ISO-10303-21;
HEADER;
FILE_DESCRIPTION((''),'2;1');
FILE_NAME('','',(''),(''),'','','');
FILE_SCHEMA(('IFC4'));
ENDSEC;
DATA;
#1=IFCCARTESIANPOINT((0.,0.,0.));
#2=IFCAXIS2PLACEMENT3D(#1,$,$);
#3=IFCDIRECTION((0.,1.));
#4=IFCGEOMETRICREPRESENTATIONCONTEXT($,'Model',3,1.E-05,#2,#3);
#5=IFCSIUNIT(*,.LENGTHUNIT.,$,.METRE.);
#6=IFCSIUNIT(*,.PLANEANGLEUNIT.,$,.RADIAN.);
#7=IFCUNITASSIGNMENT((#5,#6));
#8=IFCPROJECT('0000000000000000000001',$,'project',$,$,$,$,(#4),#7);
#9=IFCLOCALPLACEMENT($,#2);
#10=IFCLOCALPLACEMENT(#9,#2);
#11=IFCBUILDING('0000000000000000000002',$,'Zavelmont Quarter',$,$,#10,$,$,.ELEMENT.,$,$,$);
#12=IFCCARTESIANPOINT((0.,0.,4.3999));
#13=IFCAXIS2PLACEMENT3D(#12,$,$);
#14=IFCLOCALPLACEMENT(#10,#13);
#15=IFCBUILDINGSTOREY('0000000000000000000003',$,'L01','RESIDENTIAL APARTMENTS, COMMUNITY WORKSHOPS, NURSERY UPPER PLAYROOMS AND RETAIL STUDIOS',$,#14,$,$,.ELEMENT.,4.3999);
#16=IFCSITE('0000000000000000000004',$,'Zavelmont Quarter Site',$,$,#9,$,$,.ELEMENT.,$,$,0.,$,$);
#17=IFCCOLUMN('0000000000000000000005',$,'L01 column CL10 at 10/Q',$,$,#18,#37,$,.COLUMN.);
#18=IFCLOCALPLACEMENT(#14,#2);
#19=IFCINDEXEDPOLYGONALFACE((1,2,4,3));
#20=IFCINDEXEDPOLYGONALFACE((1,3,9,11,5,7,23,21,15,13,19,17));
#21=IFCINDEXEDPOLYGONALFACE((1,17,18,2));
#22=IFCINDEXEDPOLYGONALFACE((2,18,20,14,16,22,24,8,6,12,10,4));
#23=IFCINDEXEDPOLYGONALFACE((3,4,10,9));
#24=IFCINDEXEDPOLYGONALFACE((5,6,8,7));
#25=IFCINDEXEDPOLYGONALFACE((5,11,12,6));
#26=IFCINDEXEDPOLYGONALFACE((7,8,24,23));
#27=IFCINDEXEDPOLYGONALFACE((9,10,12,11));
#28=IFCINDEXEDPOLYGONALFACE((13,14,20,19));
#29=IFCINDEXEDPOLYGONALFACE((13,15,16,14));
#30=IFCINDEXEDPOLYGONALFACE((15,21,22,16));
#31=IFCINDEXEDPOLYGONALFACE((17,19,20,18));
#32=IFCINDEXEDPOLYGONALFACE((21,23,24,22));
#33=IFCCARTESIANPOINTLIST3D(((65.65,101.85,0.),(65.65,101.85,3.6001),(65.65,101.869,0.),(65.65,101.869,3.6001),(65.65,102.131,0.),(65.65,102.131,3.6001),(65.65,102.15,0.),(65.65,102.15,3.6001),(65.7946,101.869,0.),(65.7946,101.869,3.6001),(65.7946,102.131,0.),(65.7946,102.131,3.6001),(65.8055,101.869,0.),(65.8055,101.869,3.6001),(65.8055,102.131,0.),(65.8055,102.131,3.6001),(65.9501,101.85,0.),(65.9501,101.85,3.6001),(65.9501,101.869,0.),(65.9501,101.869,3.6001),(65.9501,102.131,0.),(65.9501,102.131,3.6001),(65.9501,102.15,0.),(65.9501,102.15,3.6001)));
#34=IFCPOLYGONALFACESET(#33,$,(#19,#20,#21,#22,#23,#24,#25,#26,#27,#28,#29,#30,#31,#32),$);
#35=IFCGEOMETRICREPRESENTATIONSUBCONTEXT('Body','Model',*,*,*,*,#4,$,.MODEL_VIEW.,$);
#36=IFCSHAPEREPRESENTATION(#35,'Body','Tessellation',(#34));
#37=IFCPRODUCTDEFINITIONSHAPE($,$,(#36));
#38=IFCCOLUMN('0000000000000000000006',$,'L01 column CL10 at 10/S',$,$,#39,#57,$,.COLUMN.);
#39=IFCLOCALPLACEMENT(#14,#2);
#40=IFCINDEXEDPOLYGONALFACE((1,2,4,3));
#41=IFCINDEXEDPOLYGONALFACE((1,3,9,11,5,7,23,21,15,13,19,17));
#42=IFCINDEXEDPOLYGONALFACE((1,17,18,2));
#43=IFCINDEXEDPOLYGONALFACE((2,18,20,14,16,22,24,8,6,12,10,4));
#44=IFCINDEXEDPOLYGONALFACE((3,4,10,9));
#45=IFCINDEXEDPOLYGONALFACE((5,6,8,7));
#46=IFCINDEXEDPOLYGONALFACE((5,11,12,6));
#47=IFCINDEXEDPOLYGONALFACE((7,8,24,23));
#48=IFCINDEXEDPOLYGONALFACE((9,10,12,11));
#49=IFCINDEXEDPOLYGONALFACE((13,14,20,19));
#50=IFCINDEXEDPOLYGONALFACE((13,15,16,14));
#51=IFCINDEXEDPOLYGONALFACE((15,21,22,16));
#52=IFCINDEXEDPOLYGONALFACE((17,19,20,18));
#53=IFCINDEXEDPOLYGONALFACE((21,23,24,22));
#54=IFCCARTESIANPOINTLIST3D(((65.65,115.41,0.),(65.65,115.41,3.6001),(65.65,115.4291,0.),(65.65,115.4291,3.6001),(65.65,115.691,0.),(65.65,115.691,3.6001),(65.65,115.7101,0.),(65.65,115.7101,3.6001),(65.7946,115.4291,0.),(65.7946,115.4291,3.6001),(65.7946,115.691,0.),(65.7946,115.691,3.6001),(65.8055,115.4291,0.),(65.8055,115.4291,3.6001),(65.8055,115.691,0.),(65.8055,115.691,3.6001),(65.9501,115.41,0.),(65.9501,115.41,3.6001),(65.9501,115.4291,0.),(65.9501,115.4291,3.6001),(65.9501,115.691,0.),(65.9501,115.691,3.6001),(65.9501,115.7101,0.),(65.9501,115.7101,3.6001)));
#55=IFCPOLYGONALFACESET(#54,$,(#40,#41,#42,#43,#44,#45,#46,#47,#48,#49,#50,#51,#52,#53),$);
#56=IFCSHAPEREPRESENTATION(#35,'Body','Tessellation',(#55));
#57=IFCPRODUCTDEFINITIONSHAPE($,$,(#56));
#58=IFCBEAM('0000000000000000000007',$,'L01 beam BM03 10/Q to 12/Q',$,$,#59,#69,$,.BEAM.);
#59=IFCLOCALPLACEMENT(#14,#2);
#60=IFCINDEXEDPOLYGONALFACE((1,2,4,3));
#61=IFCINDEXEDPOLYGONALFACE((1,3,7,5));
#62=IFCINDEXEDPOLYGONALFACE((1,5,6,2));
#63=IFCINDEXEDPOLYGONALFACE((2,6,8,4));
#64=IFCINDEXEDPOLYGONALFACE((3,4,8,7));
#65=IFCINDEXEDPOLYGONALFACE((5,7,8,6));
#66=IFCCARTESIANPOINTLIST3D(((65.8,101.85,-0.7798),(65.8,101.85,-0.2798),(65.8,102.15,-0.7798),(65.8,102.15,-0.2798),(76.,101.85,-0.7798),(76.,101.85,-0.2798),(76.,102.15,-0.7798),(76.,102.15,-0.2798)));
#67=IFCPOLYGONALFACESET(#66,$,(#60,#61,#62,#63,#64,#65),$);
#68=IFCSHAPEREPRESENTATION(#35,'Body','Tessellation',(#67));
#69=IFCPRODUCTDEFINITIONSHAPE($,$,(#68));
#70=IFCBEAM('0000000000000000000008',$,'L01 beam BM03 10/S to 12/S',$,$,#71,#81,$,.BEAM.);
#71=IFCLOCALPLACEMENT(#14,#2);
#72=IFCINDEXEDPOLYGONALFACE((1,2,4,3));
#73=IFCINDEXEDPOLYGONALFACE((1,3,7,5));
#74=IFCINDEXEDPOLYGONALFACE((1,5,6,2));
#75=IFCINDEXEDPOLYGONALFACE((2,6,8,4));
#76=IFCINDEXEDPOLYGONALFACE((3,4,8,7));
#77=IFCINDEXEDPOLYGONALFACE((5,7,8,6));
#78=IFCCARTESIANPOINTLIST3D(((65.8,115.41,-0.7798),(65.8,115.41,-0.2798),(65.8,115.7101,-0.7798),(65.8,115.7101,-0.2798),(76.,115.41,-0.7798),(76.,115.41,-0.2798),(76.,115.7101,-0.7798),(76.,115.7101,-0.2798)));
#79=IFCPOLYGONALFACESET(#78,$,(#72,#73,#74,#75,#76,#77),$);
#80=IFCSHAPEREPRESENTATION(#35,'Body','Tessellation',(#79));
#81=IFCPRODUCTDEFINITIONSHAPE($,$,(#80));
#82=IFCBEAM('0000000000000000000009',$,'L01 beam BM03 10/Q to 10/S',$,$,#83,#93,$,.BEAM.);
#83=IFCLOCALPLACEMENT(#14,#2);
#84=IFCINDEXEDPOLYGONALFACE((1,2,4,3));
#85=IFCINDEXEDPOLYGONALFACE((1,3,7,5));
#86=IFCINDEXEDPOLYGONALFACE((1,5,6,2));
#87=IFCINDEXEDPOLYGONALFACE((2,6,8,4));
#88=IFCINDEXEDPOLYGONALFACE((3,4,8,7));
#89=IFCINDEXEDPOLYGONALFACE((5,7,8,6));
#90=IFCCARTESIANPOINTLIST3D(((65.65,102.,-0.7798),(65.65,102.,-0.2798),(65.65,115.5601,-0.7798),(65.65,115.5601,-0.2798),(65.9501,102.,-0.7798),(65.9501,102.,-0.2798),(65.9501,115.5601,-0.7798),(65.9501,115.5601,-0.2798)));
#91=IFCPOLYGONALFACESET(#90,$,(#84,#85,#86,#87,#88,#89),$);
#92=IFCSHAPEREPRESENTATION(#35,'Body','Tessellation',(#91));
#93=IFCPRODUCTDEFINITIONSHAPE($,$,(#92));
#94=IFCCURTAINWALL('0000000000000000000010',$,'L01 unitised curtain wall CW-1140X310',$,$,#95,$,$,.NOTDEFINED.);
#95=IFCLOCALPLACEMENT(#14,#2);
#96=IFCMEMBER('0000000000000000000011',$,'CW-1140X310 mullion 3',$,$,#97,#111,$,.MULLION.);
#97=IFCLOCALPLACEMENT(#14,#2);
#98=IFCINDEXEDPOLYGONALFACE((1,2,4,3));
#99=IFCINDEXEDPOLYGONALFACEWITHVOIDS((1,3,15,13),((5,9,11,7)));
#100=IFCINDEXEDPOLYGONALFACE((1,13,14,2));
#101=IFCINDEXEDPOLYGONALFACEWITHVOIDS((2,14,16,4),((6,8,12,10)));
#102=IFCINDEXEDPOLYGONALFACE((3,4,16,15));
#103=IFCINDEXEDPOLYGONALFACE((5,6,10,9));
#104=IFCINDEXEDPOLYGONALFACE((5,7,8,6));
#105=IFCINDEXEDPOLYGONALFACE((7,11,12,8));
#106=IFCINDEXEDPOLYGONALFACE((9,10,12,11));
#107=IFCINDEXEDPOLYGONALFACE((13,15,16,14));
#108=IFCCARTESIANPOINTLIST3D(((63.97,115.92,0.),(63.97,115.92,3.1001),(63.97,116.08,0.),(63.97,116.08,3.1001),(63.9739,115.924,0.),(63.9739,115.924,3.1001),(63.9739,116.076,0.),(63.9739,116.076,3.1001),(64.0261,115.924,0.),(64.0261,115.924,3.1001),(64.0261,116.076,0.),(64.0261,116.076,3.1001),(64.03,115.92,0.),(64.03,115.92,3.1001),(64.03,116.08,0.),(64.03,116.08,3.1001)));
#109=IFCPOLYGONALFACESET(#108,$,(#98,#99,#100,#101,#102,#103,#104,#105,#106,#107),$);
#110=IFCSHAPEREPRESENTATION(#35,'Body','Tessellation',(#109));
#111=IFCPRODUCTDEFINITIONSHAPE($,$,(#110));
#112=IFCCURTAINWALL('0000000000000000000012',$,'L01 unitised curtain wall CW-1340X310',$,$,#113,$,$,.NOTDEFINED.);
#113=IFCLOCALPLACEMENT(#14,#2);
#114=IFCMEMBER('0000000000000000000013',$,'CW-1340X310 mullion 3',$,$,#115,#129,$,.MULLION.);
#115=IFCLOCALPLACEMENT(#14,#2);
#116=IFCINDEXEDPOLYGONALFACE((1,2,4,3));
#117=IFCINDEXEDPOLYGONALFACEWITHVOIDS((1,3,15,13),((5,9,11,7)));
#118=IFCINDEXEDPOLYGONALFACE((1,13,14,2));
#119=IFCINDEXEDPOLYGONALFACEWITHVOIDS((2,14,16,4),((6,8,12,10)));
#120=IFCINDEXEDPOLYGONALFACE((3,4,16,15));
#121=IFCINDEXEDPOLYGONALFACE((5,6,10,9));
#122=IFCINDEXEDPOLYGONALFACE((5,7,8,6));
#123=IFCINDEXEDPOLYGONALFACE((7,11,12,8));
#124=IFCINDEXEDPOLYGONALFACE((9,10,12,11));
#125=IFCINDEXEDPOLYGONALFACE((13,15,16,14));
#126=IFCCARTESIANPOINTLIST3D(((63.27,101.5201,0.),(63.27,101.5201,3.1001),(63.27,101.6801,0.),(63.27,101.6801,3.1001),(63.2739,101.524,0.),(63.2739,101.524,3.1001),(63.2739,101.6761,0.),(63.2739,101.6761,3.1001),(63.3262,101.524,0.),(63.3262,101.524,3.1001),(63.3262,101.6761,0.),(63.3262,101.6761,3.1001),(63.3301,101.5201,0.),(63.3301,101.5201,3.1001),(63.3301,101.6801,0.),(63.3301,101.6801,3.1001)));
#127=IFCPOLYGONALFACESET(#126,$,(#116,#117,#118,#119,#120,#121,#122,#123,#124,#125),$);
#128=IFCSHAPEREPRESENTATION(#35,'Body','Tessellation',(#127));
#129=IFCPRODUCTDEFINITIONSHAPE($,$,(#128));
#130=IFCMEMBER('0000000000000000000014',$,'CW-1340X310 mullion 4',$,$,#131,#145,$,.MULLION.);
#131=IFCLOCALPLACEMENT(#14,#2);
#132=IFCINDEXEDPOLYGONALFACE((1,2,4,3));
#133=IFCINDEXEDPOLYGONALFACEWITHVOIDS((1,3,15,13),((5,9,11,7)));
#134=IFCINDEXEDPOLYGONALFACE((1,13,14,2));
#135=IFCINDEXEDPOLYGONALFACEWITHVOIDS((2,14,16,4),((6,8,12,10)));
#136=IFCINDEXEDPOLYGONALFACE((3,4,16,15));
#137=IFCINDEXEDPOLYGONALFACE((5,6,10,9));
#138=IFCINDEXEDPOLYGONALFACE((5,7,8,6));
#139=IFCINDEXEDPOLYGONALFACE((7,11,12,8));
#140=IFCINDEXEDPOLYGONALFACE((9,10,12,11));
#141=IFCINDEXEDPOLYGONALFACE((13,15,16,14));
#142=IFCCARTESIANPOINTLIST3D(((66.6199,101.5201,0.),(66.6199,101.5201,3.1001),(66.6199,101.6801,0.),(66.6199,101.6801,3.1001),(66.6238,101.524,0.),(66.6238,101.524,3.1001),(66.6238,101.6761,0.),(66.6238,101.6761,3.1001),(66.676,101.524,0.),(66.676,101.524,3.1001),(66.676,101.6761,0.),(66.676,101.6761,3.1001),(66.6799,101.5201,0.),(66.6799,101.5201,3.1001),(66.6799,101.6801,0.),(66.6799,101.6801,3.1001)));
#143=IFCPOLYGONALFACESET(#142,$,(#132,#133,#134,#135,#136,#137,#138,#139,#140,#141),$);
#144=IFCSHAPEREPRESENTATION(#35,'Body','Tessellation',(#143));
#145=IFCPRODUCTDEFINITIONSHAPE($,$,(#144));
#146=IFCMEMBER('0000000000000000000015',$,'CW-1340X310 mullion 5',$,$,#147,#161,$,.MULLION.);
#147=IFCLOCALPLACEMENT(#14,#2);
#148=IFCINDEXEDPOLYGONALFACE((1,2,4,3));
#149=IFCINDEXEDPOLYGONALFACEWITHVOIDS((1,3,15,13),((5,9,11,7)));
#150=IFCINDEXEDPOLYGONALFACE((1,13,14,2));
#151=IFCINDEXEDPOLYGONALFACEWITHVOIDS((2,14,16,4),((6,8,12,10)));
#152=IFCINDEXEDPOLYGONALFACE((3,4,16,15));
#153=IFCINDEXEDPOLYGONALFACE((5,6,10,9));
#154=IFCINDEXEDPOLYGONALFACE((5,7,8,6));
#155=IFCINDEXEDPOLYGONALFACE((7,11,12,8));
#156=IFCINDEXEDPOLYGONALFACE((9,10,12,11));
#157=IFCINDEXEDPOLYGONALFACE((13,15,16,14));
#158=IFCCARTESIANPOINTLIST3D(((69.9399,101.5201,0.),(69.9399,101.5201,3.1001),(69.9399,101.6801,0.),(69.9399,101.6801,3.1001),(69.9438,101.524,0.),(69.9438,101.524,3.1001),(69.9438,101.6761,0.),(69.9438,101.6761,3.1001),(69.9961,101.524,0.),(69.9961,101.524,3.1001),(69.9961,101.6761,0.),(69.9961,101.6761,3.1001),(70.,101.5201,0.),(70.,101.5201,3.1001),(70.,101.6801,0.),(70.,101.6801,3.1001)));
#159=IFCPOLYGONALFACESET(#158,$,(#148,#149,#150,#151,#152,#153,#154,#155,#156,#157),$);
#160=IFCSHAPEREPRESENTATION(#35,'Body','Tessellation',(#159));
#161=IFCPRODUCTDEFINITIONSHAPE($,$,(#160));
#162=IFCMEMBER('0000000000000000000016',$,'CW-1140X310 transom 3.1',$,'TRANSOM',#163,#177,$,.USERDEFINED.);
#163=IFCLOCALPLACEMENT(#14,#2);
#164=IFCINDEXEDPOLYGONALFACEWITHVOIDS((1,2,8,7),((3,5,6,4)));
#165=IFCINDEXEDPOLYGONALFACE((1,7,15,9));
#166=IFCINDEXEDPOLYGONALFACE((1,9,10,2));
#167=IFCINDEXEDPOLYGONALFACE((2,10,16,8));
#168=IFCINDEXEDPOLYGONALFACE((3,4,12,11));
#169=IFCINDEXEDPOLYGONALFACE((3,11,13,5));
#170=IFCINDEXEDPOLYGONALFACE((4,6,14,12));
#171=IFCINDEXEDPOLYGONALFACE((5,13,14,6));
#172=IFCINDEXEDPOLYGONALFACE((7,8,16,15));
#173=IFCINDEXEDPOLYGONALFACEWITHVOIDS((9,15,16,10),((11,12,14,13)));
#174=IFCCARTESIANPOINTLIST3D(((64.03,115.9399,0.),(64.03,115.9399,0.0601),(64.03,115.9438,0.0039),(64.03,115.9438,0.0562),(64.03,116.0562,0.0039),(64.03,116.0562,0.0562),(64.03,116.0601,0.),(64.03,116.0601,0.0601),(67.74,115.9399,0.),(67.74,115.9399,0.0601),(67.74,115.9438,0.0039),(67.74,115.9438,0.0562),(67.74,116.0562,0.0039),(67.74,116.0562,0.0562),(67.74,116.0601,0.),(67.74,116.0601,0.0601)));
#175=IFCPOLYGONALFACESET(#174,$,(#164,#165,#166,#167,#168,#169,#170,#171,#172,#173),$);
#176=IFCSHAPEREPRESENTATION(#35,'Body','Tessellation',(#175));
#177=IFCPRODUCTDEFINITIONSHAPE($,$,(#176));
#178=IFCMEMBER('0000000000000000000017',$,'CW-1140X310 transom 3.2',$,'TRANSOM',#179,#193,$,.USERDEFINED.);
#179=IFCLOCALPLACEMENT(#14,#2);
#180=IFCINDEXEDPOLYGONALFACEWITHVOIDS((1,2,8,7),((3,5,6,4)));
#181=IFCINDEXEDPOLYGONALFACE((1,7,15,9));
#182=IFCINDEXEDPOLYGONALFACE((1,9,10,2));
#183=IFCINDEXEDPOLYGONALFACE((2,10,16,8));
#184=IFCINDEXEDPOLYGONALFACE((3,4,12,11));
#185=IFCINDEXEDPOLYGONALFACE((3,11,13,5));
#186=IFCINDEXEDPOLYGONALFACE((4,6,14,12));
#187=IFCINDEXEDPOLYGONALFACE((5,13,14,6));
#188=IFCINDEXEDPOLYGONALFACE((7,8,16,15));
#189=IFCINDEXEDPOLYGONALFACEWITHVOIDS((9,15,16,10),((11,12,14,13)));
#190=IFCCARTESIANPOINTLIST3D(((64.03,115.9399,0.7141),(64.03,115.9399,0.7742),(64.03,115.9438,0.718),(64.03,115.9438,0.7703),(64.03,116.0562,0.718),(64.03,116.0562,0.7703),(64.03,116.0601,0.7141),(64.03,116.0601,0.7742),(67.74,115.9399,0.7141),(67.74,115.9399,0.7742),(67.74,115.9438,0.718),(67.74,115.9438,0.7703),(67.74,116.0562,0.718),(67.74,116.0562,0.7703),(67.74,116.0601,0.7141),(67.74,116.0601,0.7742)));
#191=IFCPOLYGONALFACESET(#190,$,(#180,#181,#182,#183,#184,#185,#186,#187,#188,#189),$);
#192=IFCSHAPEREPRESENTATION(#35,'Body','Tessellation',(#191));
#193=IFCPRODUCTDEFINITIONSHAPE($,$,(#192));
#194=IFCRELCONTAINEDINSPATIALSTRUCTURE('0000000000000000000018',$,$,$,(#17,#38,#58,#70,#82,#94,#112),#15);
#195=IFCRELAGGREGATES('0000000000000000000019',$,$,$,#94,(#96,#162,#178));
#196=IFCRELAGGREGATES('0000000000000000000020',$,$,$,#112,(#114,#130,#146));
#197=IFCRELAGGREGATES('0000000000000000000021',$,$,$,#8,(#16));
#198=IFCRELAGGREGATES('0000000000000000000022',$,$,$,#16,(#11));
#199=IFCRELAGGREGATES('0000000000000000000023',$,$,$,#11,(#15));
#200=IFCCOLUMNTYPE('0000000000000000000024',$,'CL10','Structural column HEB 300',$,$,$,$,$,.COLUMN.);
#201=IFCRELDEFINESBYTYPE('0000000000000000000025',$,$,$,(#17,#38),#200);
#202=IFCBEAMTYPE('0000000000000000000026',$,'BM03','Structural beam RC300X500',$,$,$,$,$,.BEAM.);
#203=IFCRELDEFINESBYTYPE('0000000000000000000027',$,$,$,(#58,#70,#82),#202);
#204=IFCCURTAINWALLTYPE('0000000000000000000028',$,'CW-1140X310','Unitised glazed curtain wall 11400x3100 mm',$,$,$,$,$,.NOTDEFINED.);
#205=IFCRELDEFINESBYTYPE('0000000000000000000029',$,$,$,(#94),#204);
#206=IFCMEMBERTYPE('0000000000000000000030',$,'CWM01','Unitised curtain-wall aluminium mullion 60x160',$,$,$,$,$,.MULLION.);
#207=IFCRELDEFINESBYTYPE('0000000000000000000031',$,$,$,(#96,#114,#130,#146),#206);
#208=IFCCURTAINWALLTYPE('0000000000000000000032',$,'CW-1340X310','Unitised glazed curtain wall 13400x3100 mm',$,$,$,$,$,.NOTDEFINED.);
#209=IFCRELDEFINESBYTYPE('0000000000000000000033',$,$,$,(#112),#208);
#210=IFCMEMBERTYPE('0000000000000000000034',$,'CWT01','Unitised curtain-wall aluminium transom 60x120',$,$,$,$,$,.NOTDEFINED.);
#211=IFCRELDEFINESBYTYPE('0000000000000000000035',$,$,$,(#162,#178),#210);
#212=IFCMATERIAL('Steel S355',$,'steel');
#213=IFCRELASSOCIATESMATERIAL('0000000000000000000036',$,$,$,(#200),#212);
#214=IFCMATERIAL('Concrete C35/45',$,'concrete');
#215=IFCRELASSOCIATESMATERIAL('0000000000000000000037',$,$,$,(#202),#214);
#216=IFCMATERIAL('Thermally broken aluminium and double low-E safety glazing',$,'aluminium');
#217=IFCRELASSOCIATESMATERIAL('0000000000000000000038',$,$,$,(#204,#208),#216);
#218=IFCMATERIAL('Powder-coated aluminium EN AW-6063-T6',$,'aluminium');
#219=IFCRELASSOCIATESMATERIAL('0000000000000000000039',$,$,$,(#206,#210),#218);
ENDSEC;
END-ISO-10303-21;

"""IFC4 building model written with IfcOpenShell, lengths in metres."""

from ifc_helpers import new_model, si_unit, direction, frame, origin, origin_2d, place, context, subcontext, project, spatial, rectangle, hollow_rectangle, i_section, extrude, material, material_profile, profile_set, type_object, element, aggregate, save


model = new_model("IFC4")

# Units and contexts
model_context = context("Model", 3, precision=1e-05, world=origin(), true_north=direction((0.0, 1.0)))
body_context = subcontext(model_context, "Body", "Model", "MODEL_VIEW")
ifc_project = project(units=[si_unit("LENGTHUNIT", "METRE"), si_unit("PLANEANGLEUNIT", "RADIAN")], contexts=[model_context])

# Site, building, storey
site_placement = place(None, origin())
site = spatial("IfcSite", under=ifc_project, at=site_placement, Name="Zavelmont Quarter Site", CompositionType="ELEMENT", RefElevation=0.0)
building_placement = place(site_placement, origin())
building = spatial("IfcBuilding", under=site, at=building_placement, Name="Zavelmont Quarter", CompositionType="ELEMENT")
storey_placement = place(building_placement, frame((0.0, 0.0, 4.3999)))
storey = spatial("IfcBuildingStorey", under=building, at=storey_placement, Name="L01", Description="RESIDENTIAL APARTMENTS, COMMUNITY WORKSHOPS, NURSERY UPPER PLAYROOMS AND RETAIL STUDIOS", CompositionType="ELEMENT", Elevation=4.3999)

# Columns
ifc_material_1 = material(Name="Steel S355", Category="steel")
ifc_material_profile_1 = material_profile(ifc_material_1, i_section(OverallWidth=0.3, OverallDepth=0.3, WebThickness=0.011, FlangeThickness=0.019, at=origin_2d()), Name="HEB 300")
ifc_profile_set_1 = profile_set([ifc_material_profile_1], Name="Steel S355")
column_type = type_object("IfcColumnType", Name="CL10", Description="Structural column HEB 300", PredefinedType="COLUMN", material=ifc_profile_set_1)
for number, where, z_axis, x_axis, name in (
    (1, (65.8, 102.0, 0.0), (0.0, 0.0, 1.0), (1.0, 0.0, 0.0), "L01 column CL10 at 10/Q"),
    (2, (65.8, 115.5601, 0.0), (0.0, 0.0, 1.0), (1.0, 0.0, 0.0), "L01 column CL10 at 10/S"),
):
    element("IfcColumn", number, at=place(storey_placement, frame(where, z_axis=z_axis, x_axis=x_axis)), inside=storey, type_object=column_type, Name=name, PredefinedType="COLUMN", context=body_context, shape_type="SweptSolid", body=[
        extrude(i_section(OverallWidth=0.3, OverallDepth=0.3, WebThickness=0.011, FlangeThickness=0.019, at=origin_2d()), origin(), (0.0, 0.0, 1.0), 3.6001),
    ])

# Beams
ifc_material_2 = material(Name="Concrete C35/45", Category="concrete")
ifc_material_profile_2 = material_profile(ifc_material_2, rectangle(XDim=0.3, YDim=0.5, at=origin_2d()), Name="RC300X500")
ifc_profile_set_2 = profile_set([ifc_material_profile_2], Name="Concrete C35/45")
beam_type = type_object("IfcBeamType", Name="BM03", Description="Structural beam RC300X500", PredefinedType="BEAM", material=ifc_profile_set_2)
for number, where, z_axis, x_axis, name in (
    (3, (65.8, 102.0, -0.5298), (1.0, 0.0, 0.0), (0.0, 1.0, 0.0), "L01 beam BM03 10/Q to 12/Q"),
    (4, (65.8, 115.5601, -0.5298), (1.0, 0.0, 0.0), (0.0, 1.0, 0.0), "L01 beam BM03 10/S to 12/S"),
):
    element("IfcBeam", number, at=place(storey_placement, frame(where, z_axis=z_axis, x_axis=x_axis)), inside=storey, type_object=beam_type, Name=name, PredefinedType="BEAM", context=body_context, shape_type="SweptSolid", body=[
        extrude(rectangle(XDim=0.3, YDim=0.5, at=origin_2d()), origin(), (0.0, 0.0, 1.0), 10.2),
    ])
beam_placement = place(storey_placement, frame((65.8, 102.0, -0.5298), z_axis=(0.0, 1.0, 0.0), x_axis=(-1.0, 0.0, 0.0)))
element("IfcBeam", 5, at=beam_placement, inside=storey, type_object=beam_type, Name="L01 beam BM03 10/Q to 10/S", PredefinedType="BEAM", context=body_context, shape_type="SweptSolid", body=[
    extrude(rectangle(XDim=0.3, YDim=0.5, at=origin_2d()), origin(), (0.0, 0.0, 1.0), 13.5601),
])

# Curtain wall, member
ifc_material_3 = material(Name="Thermally broken aluminium and double low-E safety glazing", Category="aluminium")
curtain_wall_type_1 = type_object("IfcCurtainWallType", Name="CW-1140X310", Description="Unitised glazed curtain wall 11400x3100 mm", PredefinedType="NOTDEFINED", material=ifc_material_3)
curtain_wall_1_placement = place(storey_placement, origin())
curtain_wall_1 = element("IfcCurtainWall", 6, at=curtain_wall_1_placement, inside=storey, type_object=curtain_wall_type_1, Name="L01 unitised curtain wall CW-1140X310", PredefinedType="NOTDEFINED")
ifc_material_4 = material(Name="Powder-coated aluminium EN AW-6063-T6", Category="aluminium")
ifc_material_profile_3 = material_profile(ifc_material_4, hollow_rectangle(XDim=0.0601, YDim=0.1599, WallThickness=0.0039, at=origin_2d()), Name="CWM60X160")
ifc_profile_set_3 = profile_set([ifc_material_profile_3], Name="Powder-coated aluminium EN AW-6063-T6")
member_type_1 = type_object("IfcMemberType", Name="CWM01", Description="Unitised curtain-wall aluminium mullion 60x160", PredefinedType="MULLION", material=ifc_profile_set_3)
member_1_placement = place(storey_placement, frame((64.0, 116.0, 0.0), z_axis=(0.0, 0.0, 1.0), x_axis=(1.0, 0.0, 0.0)))
member_1 = element("IfcMember", 7, at=member_1_placement, type_object=member_type_1, Name="CW-1140X310 mullion 3", PredefinedType="MULLION", context=body_context, shape_type="SweptSolid", body=[
    extrude(hollow_rectangle(XDim=0.0601, YDim=0.1599, WallThickness=0.0039, at=origin_2d()), origin(), (0.0, 0.0, 1.0), 3.1001),
])

# Curtain wall, members
curtain_wall_type_2 = type_object("IfcCurtainWallType", Name="CW-1340X310", Description="Unitised glazed curtain wall 13400x3100 mm", PredefinedType="NOTDEFINED", material=ifc_material_3)
curtain_wall_2_placement = place(storey_placement, origin())
curtain_wall_2 = element("IfcCurtainWall", 8, at=curtain_wall_2_placement, inside=storey, type_object=curtain_wall_type_2, Name="L01 unitised curtain wall CW-1340X310", PredefinedType="NOTDEFINED")
member_2_placement = place(storey_placement, frame((63.3, 101.6001, 0.0), z_axis=(0.0, 0.0, 1.0), x_axis=(1.0, 0.0, 0.0)))
member_2 = element("IfcMember", 9, at=member_2_placement, type_object=member_type_1, Name="CW-1340X310 mullion 3", PredefinedType="MULLION", context=body_context, shape_type="SweptSolid", body=[
    extrude(hollow_rectangle(XDim=0.0601, YDim=0.1599, WallThickness=0.0039, at=origin_2d()), origin(), (0.0, 0.0, 1.0), 3.1001),
])
member_3_placement = place(storey_placement, frame((66.6499, 101.6001, 0.0), z_axis=(0.0, 0.0, 1.0), x_axis=(1.0, 0.0, 0.0)))
member_3 = element("IfcMember", 10, at=member_3_placement, type_object=member_type_1, Name="CW-1340X310 mullion 4", PredefinedType="MULLION", context=body_context, shape_type="SweptSolid", body=[
    extrude(hollow_rectangle(XDim=0.0601, YDim=0.1599, WallThickness=0.0039, at=origin_2d()), origin(), (0.0, 0.0, 1.0), 3.1001),
])
member_4_placement = place(storey_placement, frame((69.97, 101.6001, 0.0), z_axis=(0.0, 0.0, 1.0), x_axis=(1.0, 0.0, 0.0)))
member_4 = element("IfcMember", 11, at=member_4_placement, type_object=member_type_1, Name="CW-1340X310 mullion 5", PredefinedType="MULLION", context=body_context, shape_type="SweptSolid", body=[
    extrude(hollow_rectangle(XDim=0.0601, YDim=0.1599, WallThickness=0.0039, at=origin_2d()), origin(), (0.0, 0.0, 1.0), 3.1001),
])

# Members
ifc_material_profile_4 = material_profile(ifc_material_4, hollow_rectangle(XDim=0.1201, YDim=0.0601, WallThickness=0.0039, at=origin_2d()), Name="CWT60X120")
ifc_profile_set_4 = profile_set([ifc_material_profile_4], Name="Powder-coated aluminium EN AW-6063-T6")
member_type_2 = type_object("IfcMemberType", Name="CWT01", Description="Unitised curtain-wall aluminium transom 60x120", PredefinedType="NOTDEFINED", material=ifc_profile_set_4)
member_5_placement = place(storey_placement, frame((64.03, 116.0, 0.03), z_axis=(1.0, 0.0, 0.0), x_axis=(0.0, 1.0, 0.0)))
member_5 = element("IfcMember", 12, at=member_5_placement, type_object=member_type_2, Name="CW-1140X310 transom 3.1", ObjectType="TRANSOM", PredefinedType="USERDEFINED", context=body_context, shape_type="SweptSolid", body=[
    extrude(hollow_rectangle(XDim=0.1201, YDim=0.0601, WallThickness=0.0039, at=origin_2d()), origin(), (0.0, 0.0, 1.0), 3.71),
])
member_6_placement = place(storey_placement, frame((64.03, 116.0, 0.7441), z_axis=(1.0, 0.0, 0.0), x_axis=(0.0, 1.0, 0.0)))
member_6 = element("IfcMember", 13, at=member_6_placement, type_object=member_type_2, Name="CW-1140X310 transom 3.2", ObjectType="TRANSOM", PredefinedType="USERDEFINED", context=body_context, shape_type="SweptSolid", body=[
    extrude(hollow_rectangle(XDim=0.1201, YDim=0.0601, WallThickness=0.0039, at=origin_2d()), origin(), (0.0, 0.0, 1.0), 3.71),
])
aggregate(curtain_wall_1, [member_1, member_5, member_6])

aggregate(curtain_wall_2, [member_2, member_3, member_4])

save(model, "model.ifc")
